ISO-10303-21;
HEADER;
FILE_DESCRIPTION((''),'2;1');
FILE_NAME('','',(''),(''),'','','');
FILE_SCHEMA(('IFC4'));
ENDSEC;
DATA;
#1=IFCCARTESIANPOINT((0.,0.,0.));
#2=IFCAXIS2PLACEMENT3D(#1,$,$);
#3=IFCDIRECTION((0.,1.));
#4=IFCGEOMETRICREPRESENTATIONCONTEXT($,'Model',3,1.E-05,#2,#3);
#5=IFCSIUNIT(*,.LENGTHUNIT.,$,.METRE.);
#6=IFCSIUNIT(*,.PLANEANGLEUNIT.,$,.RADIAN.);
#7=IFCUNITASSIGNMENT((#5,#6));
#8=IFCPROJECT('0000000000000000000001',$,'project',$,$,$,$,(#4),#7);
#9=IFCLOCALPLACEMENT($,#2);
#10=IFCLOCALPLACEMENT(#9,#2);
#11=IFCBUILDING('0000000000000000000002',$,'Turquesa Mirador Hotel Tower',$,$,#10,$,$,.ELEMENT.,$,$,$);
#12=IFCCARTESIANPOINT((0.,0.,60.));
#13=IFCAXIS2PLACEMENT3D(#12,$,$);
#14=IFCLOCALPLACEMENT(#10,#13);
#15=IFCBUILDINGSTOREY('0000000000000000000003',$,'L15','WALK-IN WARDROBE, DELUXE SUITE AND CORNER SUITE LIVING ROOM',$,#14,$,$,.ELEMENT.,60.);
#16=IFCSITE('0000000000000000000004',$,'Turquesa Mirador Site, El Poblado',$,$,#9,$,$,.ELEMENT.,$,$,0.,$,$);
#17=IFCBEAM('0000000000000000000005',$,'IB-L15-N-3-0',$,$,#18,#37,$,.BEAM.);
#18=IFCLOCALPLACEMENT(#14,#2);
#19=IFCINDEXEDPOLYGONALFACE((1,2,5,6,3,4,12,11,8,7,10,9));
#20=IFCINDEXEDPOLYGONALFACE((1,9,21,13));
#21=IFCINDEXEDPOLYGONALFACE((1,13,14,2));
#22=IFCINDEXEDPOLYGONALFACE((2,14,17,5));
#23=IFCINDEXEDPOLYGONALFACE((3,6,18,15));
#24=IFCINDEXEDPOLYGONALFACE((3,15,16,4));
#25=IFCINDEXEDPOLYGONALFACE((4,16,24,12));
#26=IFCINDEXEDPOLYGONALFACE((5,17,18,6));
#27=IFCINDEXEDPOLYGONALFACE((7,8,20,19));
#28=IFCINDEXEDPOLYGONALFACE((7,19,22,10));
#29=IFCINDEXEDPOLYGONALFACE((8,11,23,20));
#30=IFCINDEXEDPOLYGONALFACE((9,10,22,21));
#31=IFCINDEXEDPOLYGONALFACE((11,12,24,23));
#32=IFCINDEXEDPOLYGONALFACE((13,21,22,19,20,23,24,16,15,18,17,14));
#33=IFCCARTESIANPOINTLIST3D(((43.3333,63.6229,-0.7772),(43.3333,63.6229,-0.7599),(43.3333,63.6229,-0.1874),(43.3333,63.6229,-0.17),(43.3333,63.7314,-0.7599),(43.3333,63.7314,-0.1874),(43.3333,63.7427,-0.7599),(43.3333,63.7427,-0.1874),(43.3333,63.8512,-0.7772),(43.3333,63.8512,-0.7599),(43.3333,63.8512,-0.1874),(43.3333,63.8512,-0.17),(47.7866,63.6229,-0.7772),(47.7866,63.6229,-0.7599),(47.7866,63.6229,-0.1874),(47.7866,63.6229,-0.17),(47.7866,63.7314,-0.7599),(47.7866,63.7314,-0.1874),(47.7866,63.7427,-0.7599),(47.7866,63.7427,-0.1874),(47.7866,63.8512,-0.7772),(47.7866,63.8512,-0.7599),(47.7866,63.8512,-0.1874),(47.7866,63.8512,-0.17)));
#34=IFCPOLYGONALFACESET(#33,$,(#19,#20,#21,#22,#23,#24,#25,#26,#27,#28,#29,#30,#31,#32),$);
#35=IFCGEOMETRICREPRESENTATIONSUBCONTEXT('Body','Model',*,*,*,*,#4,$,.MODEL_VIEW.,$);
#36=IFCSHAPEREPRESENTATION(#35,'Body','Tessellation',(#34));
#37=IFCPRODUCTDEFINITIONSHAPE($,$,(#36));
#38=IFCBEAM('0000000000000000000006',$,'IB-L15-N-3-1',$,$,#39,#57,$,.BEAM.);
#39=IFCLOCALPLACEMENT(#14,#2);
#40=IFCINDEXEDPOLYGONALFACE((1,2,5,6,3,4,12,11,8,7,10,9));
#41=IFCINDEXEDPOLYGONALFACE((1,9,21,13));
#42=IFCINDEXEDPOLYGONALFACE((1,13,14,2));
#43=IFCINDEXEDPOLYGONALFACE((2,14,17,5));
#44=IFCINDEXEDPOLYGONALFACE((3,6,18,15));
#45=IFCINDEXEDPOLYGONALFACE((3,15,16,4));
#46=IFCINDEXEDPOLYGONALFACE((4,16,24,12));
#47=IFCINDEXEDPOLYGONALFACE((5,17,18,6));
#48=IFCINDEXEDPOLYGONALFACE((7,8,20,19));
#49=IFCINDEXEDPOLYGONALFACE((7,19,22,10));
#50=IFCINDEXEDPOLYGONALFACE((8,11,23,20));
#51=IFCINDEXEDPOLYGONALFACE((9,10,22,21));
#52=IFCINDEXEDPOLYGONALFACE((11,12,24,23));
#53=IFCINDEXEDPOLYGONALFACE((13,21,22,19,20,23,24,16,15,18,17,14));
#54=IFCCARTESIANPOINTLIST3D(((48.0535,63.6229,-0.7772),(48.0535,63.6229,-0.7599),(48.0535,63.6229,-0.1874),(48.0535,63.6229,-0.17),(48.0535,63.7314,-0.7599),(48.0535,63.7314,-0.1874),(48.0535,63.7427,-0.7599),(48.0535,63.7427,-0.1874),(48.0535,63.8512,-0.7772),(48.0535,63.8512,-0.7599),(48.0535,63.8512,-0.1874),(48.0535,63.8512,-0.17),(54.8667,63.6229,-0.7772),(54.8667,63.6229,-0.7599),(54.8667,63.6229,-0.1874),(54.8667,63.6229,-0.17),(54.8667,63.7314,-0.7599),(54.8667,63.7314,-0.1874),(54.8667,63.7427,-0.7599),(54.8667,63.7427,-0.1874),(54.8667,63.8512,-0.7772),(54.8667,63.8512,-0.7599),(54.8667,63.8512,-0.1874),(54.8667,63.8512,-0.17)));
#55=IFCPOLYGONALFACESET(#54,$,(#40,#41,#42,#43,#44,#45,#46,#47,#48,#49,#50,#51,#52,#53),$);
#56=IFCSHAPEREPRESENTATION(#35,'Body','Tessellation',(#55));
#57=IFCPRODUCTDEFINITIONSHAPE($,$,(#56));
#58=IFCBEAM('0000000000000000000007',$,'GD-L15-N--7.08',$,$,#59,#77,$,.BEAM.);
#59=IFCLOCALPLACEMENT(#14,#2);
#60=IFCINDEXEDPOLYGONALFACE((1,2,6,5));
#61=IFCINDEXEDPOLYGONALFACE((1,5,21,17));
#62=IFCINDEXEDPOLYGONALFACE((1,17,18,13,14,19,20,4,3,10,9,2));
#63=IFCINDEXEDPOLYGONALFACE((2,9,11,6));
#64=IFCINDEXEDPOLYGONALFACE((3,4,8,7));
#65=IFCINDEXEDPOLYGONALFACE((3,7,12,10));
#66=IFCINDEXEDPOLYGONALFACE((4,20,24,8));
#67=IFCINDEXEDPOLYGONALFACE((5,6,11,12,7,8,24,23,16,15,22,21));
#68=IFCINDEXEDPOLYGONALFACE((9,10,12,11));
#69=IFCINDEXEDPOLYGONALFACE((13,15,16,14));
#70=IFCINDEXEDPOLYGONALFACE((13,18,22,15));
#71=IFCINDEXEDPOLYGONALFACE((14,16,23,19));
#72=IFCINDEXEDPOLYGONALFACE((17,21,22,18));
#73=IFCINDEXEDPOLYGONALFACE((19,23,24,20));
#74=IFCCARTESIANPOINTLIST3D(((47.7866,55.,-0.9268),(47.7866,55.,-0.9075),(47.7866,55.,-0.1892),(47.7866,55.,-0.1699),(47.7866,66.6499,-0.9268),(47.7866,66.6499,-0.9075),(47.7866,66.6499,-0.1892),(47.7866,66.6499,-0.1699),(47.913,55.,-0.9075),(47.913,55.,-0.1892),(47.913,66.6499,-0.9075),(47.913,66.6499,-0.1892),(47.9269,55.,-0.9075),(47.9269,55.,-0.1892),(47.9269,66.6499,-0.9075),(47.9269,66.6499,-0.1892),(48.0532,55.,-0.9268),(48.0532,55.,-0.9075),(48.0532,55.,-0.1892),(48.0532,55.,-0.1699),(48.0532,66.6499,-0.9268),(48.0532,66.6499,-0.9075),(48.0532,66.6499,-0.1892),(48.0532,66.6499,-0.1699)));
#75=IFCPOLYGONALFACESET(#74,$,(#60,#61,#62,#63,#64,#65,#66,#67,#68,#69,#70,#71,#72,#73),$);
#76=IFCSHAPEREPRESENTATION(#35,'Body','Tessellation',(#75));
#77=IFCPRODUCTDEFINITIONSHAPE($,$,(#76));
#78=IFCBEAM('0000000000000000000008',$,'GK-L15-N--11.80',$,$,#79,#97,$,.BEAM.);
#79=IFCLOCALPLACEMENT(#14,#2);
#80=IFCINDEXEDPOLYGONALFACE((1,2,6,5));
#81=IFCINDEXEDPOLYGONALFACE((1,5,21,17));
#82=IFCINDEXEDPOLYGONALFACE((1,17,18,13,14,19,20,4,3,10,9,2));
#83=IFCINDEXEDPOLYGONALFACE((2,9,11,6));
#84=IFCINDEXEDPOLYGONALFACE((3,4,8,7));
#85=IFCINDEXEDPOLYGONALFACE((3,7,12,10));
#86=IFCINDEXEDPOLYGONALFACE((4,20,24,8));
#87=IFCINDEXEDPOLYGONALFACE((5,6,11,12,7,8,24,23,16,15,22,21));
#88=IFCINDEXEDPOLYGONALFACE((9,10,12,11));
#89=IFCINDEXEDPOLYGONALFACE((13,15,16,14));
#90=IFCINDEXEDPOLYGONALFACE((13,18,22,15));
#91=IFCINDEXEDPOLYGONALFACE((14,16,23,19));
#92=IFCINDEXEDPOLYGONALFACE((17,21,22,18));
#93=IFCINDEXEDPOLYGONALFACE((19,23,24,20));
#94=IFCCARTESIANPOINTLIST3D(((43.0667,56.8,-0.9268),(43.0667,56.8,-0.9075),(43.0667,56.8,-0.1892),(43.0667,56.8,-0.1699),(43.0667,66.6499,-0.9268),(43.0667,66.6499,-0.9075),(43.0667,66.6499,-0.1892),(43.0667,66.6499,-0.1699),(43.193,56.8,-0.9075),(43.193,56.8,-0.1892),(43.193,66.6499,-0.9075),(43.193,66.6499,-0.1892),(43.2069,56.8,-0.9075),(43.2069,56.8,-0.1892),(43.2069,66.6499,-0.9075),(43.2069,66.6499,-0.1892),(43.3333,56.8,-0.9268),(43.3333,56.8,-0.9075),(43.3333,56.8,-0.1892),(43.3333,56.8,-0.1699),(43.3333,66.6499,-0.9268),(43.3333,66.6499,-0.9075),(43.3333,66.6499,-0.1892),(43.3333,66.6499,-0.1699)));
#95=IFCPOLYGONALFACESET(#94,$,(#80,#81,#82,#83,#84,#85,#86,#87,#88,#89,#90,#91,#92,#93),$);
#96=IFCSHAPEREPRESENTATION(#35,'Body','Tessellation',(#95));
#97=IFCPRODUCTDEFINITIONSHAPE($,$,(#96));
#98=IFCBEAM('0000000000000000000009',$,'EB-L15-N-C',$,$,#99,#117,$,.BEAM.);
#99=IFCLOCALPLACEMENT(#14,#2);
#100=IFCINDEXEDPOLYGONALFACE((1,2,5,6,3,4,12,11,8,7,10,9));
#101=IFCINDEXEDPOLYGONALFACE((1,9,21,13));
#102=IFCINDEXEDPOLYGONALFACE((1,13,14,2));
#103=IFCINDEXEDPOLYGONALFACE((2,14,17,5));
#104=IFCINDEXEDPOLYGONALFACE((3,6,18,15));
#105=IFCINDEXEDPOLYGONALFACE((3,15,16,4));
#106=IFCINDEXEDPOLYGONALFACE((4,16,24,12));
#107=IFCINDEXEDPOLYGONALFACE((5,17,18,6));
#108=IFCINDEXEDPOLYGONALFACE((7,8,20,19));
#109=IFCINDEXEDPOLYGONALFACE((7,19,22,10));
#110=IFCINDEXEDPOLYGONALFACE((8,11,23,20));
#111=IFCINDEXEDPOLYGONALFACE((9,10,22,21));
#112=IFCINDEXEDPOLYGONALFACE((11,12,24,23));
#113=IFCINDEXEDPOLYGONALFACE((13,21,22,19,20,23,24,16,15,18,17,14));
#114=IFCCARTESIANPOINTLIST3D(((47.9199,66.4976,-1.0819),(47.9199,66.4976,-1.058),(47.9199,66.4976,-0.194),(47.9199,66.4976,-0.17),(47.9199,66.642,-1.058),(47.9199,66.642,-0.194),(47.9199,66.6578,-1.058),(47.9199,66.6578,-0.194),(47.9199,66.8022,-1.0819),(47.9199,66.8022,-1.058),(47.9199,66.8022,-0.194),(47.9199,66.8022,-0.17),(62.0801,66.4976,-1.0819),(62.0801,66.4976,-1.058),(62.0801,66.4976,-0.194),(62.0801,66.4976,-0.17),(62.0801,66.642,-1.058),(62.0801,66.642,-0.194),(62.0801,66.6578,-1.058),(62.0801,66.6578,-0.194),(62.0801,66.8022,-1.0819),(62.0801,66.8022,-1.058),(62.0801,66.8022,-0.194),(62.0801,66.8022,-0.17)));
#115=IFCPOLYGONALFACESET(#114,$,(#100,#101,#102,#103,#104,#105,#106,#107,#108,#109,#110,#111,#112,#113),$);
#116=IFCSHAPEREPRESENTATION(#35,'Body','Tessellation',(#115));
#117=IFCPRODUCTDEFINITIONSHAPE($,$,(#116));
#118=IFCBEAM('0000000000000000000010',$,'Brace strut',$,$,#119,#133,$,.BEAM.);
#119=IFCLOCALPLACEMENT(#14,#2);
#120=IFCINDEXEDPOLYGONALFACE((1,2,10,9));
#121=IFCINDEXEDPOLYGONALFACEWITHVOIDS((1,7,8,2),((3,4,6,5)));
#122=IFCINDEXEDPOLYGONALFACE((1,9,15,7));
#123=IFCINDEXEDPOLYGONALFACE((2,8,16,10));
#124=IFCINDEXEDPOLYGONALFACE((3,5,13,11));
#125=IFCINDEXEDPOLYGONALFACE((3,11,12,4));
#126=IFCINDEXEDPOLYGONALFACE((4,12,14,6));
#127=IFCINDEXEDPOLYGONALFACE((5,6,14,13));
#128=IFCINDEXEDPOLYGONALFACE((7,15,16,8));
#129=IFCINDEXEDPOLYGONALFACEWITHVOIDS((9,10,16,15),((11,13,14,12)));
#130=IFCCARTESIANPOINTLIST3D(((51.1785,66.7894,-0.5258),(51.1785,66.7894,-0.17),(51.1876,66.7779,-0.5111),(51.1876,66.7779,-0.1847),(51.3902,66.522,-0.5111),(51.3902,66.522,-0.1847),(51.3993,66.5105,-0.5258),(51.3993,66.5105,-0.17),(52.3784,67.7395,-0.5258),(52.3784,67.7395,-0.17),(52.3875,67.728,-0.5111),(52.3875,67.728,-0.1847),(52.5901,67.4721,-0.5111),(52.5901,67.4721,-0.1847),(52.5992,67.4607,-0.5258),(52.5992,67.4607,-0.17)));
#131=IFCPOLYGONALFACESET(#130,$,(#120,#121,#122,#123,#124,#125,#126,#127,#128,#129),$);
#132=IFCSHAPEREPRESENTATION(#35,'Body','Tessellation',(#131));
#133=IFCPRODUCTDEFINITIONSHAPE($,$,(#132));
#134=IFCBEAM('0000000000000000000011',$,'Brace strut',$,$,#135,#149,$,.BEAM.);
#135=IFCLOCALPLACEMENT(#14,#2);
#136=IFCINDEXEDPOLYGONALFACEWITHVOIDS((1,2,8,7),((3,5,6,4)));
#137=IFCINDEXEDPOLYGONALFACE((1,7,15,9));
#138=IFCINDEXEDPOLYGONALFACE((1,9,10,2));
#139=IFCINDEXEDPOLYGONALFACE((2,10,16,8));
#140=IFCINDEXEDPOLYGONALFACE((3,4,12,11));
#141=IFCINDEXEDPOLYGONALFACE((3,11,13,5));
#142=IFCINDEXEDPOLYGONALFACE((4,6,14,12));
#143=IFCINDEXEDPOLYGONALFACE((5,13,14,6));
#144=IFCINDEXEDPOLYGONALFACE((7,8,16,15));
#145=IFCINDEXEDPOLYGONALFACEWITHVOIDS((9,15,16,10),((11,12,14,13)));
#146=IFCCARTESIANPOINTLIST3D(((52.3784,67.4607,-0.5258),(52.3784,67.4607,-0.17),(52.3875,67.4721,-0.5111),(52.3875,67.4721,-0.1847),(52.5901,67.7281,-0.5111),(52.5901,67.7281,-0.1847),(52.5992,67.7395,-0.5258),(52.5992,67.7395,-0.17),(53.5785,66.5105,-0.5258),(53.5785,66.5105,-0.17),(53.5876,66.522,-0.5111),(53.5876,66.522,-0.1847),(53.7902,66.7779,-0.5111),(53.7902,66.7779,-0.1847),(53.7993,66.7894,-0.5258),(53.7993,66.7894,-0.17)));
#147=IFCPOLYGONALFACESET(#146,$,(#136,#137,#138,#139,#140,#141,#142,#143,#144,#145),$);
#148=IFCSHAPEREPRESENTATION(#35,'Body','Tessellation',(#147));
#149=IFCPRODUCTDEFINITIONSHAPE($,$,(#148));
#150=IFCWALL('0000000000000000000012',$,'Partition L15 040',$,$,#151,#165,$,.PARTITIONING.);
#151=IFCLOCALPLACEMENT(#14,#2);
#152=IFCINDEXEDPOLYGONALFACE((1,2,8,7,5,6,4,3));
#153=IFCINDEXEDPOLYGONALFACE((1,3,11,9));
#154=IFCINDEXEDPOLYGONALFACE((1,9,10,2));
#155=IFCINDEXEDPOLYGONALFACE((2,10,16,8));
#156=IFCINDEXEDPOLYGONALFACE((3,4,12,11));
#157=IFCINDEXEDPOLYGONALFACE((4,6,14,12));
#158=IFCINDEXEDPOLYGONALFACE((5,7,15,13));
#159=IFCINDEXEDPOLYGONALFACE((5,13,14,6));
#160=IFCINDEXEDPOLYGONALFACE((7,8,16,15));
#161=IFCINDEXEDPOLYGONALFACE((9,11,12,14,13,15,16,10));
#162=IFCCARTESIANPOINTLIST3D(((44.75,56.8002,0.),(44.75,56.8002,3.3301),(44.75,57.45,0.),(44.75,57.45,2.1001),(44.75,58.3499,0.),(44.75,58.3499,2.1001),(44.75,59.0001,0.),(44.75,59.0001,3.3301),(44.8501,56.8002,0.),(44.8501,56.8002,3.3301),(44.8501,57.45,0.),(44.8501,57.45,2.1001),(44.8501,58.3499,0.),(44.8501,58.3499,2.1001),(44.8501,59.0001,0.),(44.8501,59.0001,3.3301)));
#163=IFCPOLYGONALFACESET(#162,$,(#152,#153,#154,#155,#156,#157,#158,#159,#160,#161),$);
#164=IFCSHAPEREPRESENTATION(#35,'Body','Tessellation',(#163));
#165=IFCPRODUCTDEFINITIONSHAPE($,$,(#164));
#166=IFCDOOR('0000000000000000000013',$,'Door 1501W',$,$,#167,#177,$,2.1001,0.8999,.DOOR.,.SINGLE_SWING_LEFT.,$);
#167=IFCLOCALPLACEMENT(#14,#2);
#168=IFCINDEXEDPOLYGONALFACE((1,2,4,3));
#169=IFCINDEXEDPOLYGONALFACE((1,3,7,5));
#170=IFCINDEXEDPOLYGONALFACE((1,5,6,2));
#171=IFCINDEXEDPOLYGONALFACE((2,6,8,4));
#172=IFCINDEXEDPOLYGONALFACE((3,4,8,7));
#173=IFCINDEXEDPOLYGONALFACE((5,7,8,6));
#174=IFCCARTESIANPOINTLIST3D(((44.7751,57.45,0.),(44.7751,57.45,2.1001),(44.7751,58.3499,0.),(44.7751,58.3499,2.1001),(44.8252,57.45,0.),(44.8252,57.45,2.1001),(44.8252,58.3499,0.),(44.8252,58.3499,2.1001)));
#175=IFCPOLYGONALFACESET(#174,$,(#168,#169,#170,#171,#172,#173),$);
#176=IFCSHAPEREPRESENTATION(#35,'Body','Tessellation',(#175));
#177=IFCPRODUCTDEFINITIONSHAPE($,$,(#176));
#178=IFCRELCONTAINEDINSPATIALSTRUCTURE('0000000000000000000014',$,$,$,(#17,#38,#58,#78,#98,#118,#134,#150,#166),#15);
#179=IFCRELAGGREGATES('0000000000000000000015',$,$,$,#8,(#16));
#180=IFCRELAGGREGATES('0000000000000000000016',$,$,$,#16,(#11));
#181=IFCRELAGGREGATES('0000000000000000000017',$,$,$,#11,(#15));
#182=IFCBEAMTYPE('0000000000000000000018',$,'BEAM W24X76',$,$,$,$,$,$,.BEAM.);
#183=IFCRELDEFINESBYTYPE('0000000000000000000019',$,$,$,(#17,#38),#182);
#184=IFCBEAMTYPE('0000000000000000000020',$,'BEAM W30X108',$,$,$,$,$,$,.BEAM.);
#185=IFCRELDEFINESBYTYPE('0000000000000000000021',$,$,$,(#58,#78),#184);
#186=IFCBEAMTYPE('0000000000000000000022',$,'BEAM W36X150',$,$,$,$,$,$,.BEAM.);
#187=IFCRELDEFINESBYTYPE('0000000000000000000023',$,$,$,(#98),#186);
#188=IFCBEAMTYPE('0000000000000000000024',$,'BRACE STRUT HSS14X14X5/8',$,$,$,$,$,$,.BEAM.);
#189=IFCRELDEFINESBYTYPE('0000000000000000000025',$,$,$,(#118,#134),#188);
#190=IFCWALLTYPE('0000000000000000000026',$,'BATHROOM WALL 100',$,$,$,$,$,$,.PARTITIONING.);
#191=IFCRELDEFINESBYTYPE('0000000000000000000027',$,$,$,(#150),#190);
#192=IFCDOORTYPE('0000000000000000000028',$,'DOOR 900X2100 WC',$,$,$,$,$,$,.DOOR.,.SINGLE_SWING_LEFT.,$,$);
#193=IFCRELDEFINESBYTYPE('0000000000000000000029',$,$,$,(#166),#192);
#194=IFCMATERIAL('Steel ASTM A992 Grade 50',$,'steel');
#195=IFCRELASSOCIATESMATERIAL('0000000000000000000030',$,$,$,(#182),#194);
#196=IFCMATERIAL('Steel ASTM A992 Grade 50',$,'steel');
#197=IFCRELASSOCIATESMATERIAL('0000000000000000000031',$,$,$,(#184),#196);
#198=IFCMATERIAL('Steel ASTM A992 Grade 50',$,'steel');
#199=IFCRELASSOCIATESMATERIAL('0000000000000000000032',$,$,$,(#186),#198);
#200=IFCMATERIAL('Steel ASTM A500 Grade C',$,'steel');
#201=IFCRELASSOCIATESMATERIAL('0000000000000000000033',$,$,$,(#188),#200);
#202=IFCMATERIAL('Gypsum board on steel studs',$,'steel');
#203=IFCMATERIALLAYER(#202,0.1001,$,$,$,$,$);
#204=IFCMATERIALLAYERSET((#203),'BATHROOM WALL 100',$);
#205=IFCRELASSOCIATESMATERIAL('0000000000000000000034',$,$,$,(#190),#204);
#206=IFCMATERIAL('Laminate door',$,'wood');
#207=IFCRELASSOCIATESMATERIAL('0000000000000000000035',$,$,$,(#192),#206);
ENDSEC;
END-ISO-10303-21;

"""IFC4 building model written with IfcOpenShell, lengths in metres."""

from ifc_helpers import new_model, si_unit, direction, frame, frame_2d, origin, origin_2d, place, context, subcontext, project, spatial, rectangle, hollow_rectangle, i_section, extrude, material, layer, layer_set, material_profile, profile_set, type_object, element, fill, save


model = new_model("IFC4")

# Units and contexts
model_context = context("Model", 3, precision=1e-05, world=origin(), true_north=direction((0.0, 1.0)))
body_context = subcontext(model_context, "Body", "Model", "MODEL_VIEW")
ifc_project = project(units=[si_unit("LENGTHUNIT", "METRE"), si_unit("PLANEANGLEUNIT", "RADIAN")], contexts=[model_context])

# Site, building, storey
site_placement = place(None, origin())
site = spatial("IfcSite", under=ifc_project, at=site_placement, Name="Turquesa Mirador Site, El Poblado", CompositionType="ELEMENT", RefElevation=0.0)
building_placement = place(site_placement, origin())
building = spatial("IfcBuilding", under=site, at=building_placement, Name="Turquesa Mirador Hotel Tower", CompositionType="ELEMENT")
storey_placement = place(building_placement, frame((0.0, 0.0, 60.0)))
storey = spatial("IfcBuildingStorey", under=building, at=storey_placement, Name="L15", Description="WALK-IN WARDROBE, DELUXE SUITE AND CORNER SUITE LIVING ROOM", CompositionType="ELEMENT", Elevation=60.0)

# Beams
ifc_material_1 = material(Name="Steel ASTM A992 Grade 50", Category="steel")
ifc_material_profile_1 = material_profile(ifc_material_1, i_section(OverallWidth=0.2283, OverallDepth=0.6072, WebThickness=0.0112, FlangeThickness=0.0173, at=origin_2d()), Name="W24X76")
ifc_profile_set_1 = profile_set([ifc_material_profile_1], Name="Steel ASTM A992 Grade 50")
beam_type_1 = type_object("IfcBeamType", Name="BEAM W24X76", PredefinedType="BEAM", material=ifc_profile_set_1)
beam_1_placement = place(storey_placement, frame((43.3333, 63.7371, -0.4736), z_axis=(1.0, 0.0, 0.0), x_axis=(0.0, 1.0, 0.0)))
element("IfcBeam", 1, at=beam_1_placement, inside=storey, type_object=beam_type_1, Name="IB-L15-N-3-0", PredefinedType="BEAM", context=body_context, shape_type="SweptSolid", body=[
    extrude(i_section(OverallWidth=0.2283, OverallDepth=0.6072, WebThickness=0.0112, FlangeThickness=0.0173, at=origin_2d()), origin(), (0.0, 0.0, 1.0), 4.4534),
])
beam_2_placement = place(storey_placement, frame((48.0535, 63.7371, -0.4736), z_axis=(1.0, 0.0, 0.0), x_axis=(0.0, 1.0, 0.0)))
element("IfcBeam", 2, at=beam_2_placement, inside=storey, type_object=beam_type_1, Name="IB-L15-N-3-1", PredefinedType="BEAM", context=body_context, shape_type="SweptSolid", body=[
    extrude(i_section(OverallWidth=0.2283, OverallDepth=0.6072, WebThickness=0.0112, FlangeThickness=0.0173, at=origin_2d()), origin(), (0.0, 0.0, 1.0), 6.8132),
])
ifc_material_2 = material(Name="Steel ASTM A992 Grade 50", Category="steel")
ifc_material_profile_2 = material_profile(ifc_material_2, i_section(OverallWidth=0.2666, OverallDepth=0.7568, WebThickness=0.0139, FlangeThickness=0.0193, at=origin_2d()), Name="W30X108")
ifc_profile_set_2 = profile_set([ifc_material_profile_2], Name="Steel ASTM A992 Grade 50")
beam_type_2 = type_object("IfcBeamType", Name="BEAM W30X108", PredefinedType="BEAM", material=ifc_profile_set_2)
beam_3_placement = place(storey_placement, frame((47.9199, 66.6499, -0.5483), z_axis=(0.0, -1.0, 0.0), x_axis=(1.0, 0.0, 0.0)))
element("IfcBeam", 3, at=beam_3_placement, inside=storey, type_object=beam_type_2, Name="GD-L15-N--7.08", PredefinedType="BEAM", context=body_context, shape_type="SweptSolid", body=[
    extrude(i_section(OverallWidth=0.2666, OverallDepth=0.7568, WebThickness=0.0139, FlangeThickness=0.0193, at=origin_2d()), origin(), (0.0, 0.0, 1.0), 11.6499),
])
beam_4_placement = place(storey_placement, frame((43.2, 66.6499, -0.5483), z_axis=(0.0, -1.0, 0.0), x_axis=(1.0, 0.0, 0.0)))
element("IfcBeam", 4, at=beam_4_placement, inside=storey, type_object=beam_type_2, Name="GK-L15-N--11.80", PredefinedType="BEAM", context=body_context, shape_type="SweptSolid", body=[
    extrude(i_section(OverallWidth=0.2666, OverallDepth=0.7568, WebThickness=0.0139, FlangeThickness=0.0193, at=origin_2d()), origin(), (0.0, 0.0, 1.0), 9.8499),
])
ifc_material_3 = material(Name="Steel ASTM A992 Grade 50", Category="steel")
ifc_material_profile_3 = material_profile(ifc_material_3, i_section(OverallWidth=0.3047, OverallDepth=0.9119, WebThickness=0.0159, FlangeThickness=0.0239, at=origin_2d()), Name="W36X150")
ifc_profile_set_3 = profile_set([ifc_material_profile_3], Name="Steel ASTM A992 Grade 50")
beam_type_3 = type_object("IfcBeamType", Name="BEAM W36X150", PredefinedType="BEAM", material=ifc_profile_set_3)
beam_5_placement = place(storey_placement, frame((47.9199, 66.6499, -0.626), z_axis=(1.0, 0.0, 0.0), x_axis=(0.0, 1.0, 0.0)))
element("IfcBeam", 5, at=beam_5_placement, inside=storey, type_object=beam_type_3, Name="EB-L15-N-C", PredefinedType="BEAM", context=body_context, shape_type="SweptSolid", body=[
    extrude(i_section(OverallWidth=0.3047, OverallDepth=0.9119, WebThickness=0.0159, FlangeThickness=0.0239, at=origin_2d()), origin(), (0.0, 0.0, 1.0), 14.1602),
])
ifc_material_4 = material(Name="Steel ASTM A500 Grade C", Category="steel")
ifc_material_profile_4 = material_profile(ifc_material_4, hollow_rectangle(XDim=0.3557, YDim=0.3557, WallThickness=0.0146, at=origin_2d()), Name="HSS14X14X5/8")
ifc_profile_set_4 = profile_set([ifc_material_profile_4], Name="Steel ASTM A500 Grade C")
beam_type_4 = type_object("IfcBeamType", Name="BRACE STRUT HSS14X14X5/8", PredefinedType="BEAM", material=ifc_profile_set_4)
beam_6_placement = place(storey_placement, frame((52.4888, 67.6001, -0.3479), z_axis=(-0.783971, -0.620797, 0.0), x_axis=(0.620797, -0.783971, 0.0)))
element("IfcBeam", 6, at=beam_6_placement, inside=storey, type_object=beam_type_4, Name="Brace strut", PredefinedType="BEAM", context=body_context, shape_type="SweptSolid", body=[
    extrude(hollow_rectangle(XDim=0.3557, YDim=0.3557, WallThickness=0.0146, at=origin_2d()), origin(), (0.0, 0.0, 1.0), 1.5305),
])
beam_7_placement = place(storey_placement, frame((52.4888, 67.6001, -0.3479), z_axis=(0.784033, -0.620719, 0.0), x_axis=(0.620719, 0.784033, 0.0)))
element("IfcBeam", 7, at=beam_7_placement, inside=storey, type_object=beam_type_4, Name="Brace strut", PredefinedType="BEAM", context=body_context, shape_type="SweptSolid", body=[
    extrude(hollow_rectangle(XDim=0.3557, YDim=0.3557, WallThickness=0.0146, at=origin_2d()), origin(), (0.0, 0.0, 1.0), 1.5308),
])

# Wall, opening, door
ifc_material_5 = material(Name="Gypsum board on steel studs", Category="steel")
ifc_layer_1 = layer(ifc_material_5, 0.1001)
ifc_layer_set_1 = layer_set([ifc_layer_1], Name="BATHROOM WALL 100")
wall_type_1 = type_object("IfcWallType", Name="BATHROOM WALL 100", PredefinedType="PARTITIONING", material=ifc_layer_set_1)
wall_1_placement = place(storey_placement, frame((44.8, 56.8, 0.0), z_axis=(0.0, 0.0, 1.0), x_axis=(0.0, 1.0, 0.0)))
wall_1 = element("IfcWall", 8, at=wall_1_placement, inside=storey, type_object=wall_type_1, Name="Partition L15 040", PredefinedType="PARTITIONING", context=body_context, shape_type="SweptSolid", body=[
    extrude(rectangle(XDim=2.2, YDim=0.1001, at=frame_2d((1.1001, 0.0))), origin(), (0.0, 0.0, 1.0), 3.3301),
])
opening_placement = place(wall_1_placement, frame((0.6499, 0.0, 0.0)))
opening = element("IfcOpeningElement", 9, at=opening_placement, cuts=wall_1, PredefinedType="OPENING", context=body_context, shape_type="SweptSolid", body=[
    extrude(rectangle(XDim=0.8999, YDim=2.1001, at=frame_2d((0.45, 1.05))), frame((0.0, 0.0601, 0.0), z_axis=(0.0, -1.0, 0.0), x_axis=(1.0, 0.0, 0.0)), (0.0, 0.0, 1.0), 0.1201),
])
ifc_material_6 = material(Name="Laminate door", Category="wood")
door_type = type_object("IfcDoorType", Name="DOOR 900X2100 WC", OperationType="SINGLE_SWING_LEFT", PredefinedType="DOOR", material=ifc_material_6)
door_placement = place(opening_placement, origin())
door = element("IfcDoor", 10, at=door_placement, inside=storey, type_object=door_type, Name="Door 1501W", OperationType="SINGLE_SWING_LEFT", OverallHeight=2.1001, OverallWidth=0.8999, PredefinedType="DOOR", context=body_context, shape_type="SweptSolid", body=[
    extrude(rectangle(XDim=0.8999, YDim=2.1001, at=frame_2d((0.45, 1.05))), frame((0.0, 0.0249, 0.0), z_axis=(0.0, -1.0, 0.0), x_axis=(1.0, 0.0, 0.0)), (0.0, 0.0, 1.0), 0.05),
])
fill(opening, door)

save(model, "model.ifc")
